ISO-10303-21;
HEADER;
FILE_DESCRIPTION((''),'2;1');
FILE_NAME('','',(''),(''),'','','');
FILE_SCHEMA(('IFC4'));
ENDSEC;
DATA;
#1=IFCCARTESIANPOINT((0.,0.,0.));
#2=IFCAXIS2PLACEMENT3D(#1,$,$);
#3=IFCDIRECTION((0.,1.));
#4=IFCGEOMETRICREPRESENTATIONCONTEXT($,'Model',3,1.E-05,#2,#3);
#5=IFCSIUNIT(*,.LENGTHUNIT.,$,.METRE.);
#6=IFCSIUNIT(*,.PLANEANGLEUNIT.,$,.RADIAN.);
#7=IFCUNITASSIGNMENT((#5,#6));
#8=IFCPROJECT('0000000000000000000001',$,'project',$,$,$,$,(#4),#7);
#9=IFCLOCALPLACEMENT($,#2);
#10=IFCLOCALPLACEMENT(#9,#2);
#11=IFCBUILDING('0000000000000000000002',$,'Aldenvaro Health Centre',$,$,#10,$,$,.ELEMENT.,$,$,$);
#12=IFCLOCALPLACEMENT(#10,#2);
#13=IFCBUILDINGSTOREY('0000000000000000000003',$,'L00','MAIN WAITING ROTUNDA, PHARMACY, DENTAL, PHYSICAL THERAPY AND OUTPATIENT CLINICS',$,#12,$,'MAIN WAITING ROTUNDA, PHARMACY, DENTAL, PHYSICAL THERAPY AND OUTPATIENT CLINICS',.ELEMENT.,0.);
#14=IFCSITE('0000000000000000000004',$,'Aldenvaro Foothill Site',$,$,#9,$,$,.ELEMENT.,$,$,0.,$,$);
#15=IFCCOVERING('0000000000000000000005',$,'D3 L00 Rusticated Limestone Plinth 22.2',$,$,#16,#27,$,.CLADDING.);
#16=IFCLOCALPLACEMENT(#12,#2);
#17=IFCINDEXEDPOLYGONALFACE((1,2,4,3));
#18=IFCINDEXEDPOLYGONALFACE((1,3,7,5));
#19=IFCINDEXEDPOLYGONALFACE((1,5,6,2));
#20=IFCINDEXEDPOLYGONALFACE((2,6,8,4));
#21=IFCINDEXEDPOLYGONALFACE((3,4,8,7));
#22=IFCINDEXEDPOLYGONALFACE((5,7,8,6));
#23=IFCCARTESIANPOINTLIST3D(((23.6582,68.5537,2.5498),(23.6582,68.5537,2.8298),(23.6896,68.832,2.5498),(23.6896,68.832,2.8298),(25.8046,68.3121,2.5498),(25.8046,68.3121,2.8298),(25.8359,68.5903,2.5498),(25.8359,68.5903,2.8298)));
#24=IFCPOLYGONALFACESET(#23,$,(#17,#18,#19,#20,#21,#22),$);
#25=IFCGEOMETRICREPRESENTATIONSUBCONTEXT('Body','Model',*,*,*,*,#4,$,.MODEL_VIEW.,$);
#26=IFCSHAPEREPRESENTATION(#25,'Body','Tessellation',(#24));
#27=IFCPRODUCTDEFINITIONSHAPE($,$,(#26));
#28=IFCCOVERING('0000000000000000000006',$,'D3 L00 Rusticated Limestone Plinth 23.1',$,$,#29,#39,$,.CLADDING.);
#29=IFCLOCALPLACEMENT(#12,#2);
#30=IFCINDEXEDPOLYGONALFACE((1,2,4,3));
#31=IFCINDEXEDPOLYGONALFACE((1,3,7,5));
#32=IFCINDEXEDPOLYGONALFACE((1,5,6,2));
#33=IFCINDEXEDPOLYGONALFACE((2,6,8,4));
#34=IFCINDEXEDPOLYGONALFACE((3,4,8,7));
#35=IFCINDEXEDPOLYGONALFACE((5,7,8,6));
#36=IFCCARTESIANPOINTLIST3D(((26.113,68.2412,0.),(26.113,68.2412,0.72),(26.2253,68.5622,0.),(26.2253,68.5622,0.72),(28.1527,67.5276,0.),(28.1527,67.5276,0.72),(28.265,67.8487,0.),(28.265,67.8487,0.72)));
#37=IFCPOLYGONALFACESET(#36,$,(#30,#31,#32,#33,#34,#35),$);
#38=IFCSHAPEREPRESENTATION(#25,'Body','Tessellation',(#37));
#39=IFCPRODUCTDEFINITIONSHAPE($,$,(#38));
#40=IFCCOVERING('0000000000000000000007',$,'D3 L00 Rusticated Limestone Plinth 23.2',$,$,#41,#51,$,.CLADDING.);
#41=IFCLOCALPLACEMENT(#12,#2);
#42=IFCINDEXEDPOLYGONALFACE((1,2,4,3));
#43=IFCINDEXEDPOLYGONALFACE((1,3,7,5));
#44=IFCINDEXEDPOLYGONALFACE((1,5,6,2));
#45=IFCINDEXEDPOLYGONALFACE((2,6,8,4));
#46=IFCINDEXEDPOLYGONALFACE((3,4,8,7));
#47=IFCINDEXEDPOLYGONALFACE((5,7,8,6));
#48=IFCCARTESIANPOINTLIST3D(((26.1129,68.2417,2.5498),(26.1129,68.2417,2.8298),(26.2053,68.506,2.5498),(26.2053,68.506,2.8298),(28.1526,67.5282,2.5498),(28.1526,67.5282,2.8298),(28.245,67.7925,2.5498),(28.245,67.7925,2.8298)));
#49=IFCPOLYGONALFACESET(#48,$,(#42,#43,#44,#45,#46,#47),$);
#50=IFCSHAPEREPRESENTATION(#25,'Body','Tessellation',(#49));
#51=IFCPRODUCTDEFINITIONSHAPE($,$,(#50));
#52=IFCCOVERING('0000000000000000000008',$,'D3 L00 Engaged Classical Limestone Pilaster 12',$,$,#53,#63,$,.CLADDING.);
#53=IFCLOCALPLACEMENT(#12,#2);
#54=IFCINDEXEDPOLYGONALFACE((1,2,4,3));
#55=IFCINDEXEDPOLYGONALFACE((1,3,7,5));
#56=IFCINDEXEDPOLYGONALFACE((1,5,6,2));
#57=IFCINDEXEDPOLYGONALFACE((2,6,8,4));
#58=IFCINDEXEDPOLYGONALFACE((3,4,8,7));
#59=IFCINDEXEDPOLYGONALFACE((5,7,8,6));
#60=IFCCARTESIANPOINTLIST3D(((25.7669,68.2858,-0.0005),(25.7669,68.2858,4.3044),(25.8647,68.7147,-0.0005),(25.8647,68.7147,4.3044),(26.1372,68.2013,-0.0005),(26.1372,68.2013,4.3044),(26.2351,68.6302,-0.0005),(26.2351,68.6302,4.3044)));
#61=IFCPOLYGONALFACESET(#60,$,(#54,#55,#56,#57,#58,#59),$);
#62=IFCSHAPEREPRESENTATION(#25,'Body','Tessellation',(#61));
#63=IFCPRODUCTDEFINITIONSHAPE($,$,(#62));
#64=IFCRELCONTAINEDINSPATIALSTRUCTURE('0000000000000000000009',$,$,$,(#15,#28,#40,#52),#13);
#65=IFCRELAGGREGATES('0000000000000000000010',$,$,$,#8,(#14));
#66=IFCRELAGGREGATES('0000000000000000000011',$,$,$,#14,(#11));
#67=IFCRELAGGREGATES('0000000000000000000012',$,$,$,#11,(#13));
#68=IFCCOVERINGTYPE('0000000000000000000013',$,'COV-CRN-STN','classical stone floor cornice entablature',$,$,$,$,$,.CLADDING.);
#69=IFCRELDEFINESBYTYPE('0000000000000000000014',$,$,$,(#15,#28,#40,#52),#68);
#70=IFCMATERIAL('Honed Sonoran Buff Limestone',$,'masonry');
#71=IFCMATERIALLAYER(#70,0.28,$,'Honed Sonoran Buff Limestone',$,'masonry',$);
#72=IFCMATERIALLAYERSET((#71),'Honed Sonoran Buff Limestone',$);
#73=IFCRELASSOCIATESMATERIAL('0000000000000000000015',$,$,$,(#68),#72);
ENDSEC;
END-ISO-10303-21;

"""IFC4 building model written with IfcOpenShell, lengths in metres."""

from ifc_helpers import new_model, si_unit, direction, frame, origin, origin_2d, place, context, subcontext, project, spatial, rectangle, extrude, material, layer, layer_set, type_object, element, save


model = new_model("IFC4")

# Units and contexts
model_context = context("Model", 3, precision=1e-05, world=origin(), true_north=direction((0.0, 1.0)))
body_context = subcontext(model_context, "Body", "Model", "MODEL_VIEW")
ifc_project = project(units=[si_unit("LENGTHUNIT", "METRE"), si_unit("PLANEANGLEUNIT", "RADIAN")], contexts=[model_context])

# Site, building, storey
site_placement = place(None, origin())
site = spatial("IfcSite", under=ifc_project, at=site_placement, Name="Aldenvaro Foothill Site", CompositionType="ELEMENT", RefElevation=0.0)
building_placement = place(site_placement, origin())
building = spatial("IfcBuilding", under=site, at=building_placement, Name="Aldenvaro Health Centre", CompositionType="ELEMENT")
storey_placement = place(building_placement, origin())
storey = spatial("IfcBuildingStorey", under=building, at=storey_placement, Name="L00", Description="MAIN WAITING ROTUNDA, PHARMACY, DENTAL, PHYSICAL THERAPY AND OUTPATIENT CLINICS", LongName="MAIN WAITING ROTUNDA, PHARMACY, DENTAL, PHYSICAL THERAPY AND OUTPATIENT CLINICS", CompositionType="ELEMENT", Elevation=0.0)

# Coverings
ifc_material_1 = material(Name="Honed Sonoran Buff Limestone", Category="masonry")
ifc_layer_1 = layer(ifc_material_1, 0.28, Name="Honed Sonoran Buff Limestone", Category="masonry")
ifc_layer_set_1 = layer_set([ifc_layer_1], Name="Honed Sonoran Buff Limestone")
covering_type = type_object("IfcCoveringType", Name="COV-CRN-STN", Description="classical stone floor cornice entablature", PredefinedType="CLADDING", material=ifc_layer_set_1)
covering_1_placement = place(storey_placement, frame((24.7471, 68.572, 2.5498), z_axis=(0.0, 0.0, 1.0), x_axis=(0.993723, -0.111871, 0.0)))
element("IfcCovering", 1, at=covering_1_placement, inside=storey, type_object=covering_type, Name="D3 L00 Rusticated Limestone Plinth 22.2", PredefinedType="CLADDING", context=body_context, shape_type="SweptSolid", body=[
    extrude(rectangle(XDim=2.1599, YDim=0.28, at=origin_2d()), origin(), (0.0, 0.0, 1.0), 0.28),
])
covering_2_placement = place(storey_placement, frame((27.189, 68.0449, 0.0), z_axis=(0.0, 0.0, 1.0), x_axis=(0.943909, -0.330204, 0.0)))
element("IfcCovering", 2, at=covering_2_placement, inside=storey, type_object=covering_type, Name="D3 L00 Rusticated Limestone Plinth 23.1", PredefinedType="CLADDING", context=body_context, shape_type="SweptSolid", body=[
    extrude(rectangle(XDim=2.1609, YDim=0.3401, at=origin_2d()), origin(), (0.0, 0.0, 1.0), 0.72),
])
covering_3_placement = place(storey_placement, frame((27.179, 68.0171, 2.5498), z_axis=(0.0, 0.0, 1.0), x_axis=(0.943909, -0.330204, 0.0)))
element("IfcCovering", 3, at=covering_3_placement, inside=storey, type_object=covering_type, Name="D3 L00 Rusticated Limestone Plinth 23.2", PredefinedType="CLADDING", context=body_context, shape_type="SweptSolid", body=[
    extrude(rectangle(XDim=2.1609, YDim=0.28, at=origin_2d()), origin(), (0.0, 0.0, 1.0), 0.28),
])
covering_4_placement = place(storey_placement, frame((26.001, 68.458, -0.0005), z_axis=(0.0, 0.0, 1.0), x_axis=(0.222474, 0.974939, 0.0)))
element("IfcCovering", 4, at=covering_4_placement, inside=storey, type_object=covering_type, Name="D3 L00 Engaged Classical Limestone Pilaster 12", PredefinedType="CLADDING", context=body_context, shape_type="SweptSolid", body=[
    extrude(rectangle(XDim=0.4399, YDim=0.3799, at=origin_2d()), origin(), (0.0, 0.0, 1.0), 4.3049),
])

save(model, "model.ifc")
